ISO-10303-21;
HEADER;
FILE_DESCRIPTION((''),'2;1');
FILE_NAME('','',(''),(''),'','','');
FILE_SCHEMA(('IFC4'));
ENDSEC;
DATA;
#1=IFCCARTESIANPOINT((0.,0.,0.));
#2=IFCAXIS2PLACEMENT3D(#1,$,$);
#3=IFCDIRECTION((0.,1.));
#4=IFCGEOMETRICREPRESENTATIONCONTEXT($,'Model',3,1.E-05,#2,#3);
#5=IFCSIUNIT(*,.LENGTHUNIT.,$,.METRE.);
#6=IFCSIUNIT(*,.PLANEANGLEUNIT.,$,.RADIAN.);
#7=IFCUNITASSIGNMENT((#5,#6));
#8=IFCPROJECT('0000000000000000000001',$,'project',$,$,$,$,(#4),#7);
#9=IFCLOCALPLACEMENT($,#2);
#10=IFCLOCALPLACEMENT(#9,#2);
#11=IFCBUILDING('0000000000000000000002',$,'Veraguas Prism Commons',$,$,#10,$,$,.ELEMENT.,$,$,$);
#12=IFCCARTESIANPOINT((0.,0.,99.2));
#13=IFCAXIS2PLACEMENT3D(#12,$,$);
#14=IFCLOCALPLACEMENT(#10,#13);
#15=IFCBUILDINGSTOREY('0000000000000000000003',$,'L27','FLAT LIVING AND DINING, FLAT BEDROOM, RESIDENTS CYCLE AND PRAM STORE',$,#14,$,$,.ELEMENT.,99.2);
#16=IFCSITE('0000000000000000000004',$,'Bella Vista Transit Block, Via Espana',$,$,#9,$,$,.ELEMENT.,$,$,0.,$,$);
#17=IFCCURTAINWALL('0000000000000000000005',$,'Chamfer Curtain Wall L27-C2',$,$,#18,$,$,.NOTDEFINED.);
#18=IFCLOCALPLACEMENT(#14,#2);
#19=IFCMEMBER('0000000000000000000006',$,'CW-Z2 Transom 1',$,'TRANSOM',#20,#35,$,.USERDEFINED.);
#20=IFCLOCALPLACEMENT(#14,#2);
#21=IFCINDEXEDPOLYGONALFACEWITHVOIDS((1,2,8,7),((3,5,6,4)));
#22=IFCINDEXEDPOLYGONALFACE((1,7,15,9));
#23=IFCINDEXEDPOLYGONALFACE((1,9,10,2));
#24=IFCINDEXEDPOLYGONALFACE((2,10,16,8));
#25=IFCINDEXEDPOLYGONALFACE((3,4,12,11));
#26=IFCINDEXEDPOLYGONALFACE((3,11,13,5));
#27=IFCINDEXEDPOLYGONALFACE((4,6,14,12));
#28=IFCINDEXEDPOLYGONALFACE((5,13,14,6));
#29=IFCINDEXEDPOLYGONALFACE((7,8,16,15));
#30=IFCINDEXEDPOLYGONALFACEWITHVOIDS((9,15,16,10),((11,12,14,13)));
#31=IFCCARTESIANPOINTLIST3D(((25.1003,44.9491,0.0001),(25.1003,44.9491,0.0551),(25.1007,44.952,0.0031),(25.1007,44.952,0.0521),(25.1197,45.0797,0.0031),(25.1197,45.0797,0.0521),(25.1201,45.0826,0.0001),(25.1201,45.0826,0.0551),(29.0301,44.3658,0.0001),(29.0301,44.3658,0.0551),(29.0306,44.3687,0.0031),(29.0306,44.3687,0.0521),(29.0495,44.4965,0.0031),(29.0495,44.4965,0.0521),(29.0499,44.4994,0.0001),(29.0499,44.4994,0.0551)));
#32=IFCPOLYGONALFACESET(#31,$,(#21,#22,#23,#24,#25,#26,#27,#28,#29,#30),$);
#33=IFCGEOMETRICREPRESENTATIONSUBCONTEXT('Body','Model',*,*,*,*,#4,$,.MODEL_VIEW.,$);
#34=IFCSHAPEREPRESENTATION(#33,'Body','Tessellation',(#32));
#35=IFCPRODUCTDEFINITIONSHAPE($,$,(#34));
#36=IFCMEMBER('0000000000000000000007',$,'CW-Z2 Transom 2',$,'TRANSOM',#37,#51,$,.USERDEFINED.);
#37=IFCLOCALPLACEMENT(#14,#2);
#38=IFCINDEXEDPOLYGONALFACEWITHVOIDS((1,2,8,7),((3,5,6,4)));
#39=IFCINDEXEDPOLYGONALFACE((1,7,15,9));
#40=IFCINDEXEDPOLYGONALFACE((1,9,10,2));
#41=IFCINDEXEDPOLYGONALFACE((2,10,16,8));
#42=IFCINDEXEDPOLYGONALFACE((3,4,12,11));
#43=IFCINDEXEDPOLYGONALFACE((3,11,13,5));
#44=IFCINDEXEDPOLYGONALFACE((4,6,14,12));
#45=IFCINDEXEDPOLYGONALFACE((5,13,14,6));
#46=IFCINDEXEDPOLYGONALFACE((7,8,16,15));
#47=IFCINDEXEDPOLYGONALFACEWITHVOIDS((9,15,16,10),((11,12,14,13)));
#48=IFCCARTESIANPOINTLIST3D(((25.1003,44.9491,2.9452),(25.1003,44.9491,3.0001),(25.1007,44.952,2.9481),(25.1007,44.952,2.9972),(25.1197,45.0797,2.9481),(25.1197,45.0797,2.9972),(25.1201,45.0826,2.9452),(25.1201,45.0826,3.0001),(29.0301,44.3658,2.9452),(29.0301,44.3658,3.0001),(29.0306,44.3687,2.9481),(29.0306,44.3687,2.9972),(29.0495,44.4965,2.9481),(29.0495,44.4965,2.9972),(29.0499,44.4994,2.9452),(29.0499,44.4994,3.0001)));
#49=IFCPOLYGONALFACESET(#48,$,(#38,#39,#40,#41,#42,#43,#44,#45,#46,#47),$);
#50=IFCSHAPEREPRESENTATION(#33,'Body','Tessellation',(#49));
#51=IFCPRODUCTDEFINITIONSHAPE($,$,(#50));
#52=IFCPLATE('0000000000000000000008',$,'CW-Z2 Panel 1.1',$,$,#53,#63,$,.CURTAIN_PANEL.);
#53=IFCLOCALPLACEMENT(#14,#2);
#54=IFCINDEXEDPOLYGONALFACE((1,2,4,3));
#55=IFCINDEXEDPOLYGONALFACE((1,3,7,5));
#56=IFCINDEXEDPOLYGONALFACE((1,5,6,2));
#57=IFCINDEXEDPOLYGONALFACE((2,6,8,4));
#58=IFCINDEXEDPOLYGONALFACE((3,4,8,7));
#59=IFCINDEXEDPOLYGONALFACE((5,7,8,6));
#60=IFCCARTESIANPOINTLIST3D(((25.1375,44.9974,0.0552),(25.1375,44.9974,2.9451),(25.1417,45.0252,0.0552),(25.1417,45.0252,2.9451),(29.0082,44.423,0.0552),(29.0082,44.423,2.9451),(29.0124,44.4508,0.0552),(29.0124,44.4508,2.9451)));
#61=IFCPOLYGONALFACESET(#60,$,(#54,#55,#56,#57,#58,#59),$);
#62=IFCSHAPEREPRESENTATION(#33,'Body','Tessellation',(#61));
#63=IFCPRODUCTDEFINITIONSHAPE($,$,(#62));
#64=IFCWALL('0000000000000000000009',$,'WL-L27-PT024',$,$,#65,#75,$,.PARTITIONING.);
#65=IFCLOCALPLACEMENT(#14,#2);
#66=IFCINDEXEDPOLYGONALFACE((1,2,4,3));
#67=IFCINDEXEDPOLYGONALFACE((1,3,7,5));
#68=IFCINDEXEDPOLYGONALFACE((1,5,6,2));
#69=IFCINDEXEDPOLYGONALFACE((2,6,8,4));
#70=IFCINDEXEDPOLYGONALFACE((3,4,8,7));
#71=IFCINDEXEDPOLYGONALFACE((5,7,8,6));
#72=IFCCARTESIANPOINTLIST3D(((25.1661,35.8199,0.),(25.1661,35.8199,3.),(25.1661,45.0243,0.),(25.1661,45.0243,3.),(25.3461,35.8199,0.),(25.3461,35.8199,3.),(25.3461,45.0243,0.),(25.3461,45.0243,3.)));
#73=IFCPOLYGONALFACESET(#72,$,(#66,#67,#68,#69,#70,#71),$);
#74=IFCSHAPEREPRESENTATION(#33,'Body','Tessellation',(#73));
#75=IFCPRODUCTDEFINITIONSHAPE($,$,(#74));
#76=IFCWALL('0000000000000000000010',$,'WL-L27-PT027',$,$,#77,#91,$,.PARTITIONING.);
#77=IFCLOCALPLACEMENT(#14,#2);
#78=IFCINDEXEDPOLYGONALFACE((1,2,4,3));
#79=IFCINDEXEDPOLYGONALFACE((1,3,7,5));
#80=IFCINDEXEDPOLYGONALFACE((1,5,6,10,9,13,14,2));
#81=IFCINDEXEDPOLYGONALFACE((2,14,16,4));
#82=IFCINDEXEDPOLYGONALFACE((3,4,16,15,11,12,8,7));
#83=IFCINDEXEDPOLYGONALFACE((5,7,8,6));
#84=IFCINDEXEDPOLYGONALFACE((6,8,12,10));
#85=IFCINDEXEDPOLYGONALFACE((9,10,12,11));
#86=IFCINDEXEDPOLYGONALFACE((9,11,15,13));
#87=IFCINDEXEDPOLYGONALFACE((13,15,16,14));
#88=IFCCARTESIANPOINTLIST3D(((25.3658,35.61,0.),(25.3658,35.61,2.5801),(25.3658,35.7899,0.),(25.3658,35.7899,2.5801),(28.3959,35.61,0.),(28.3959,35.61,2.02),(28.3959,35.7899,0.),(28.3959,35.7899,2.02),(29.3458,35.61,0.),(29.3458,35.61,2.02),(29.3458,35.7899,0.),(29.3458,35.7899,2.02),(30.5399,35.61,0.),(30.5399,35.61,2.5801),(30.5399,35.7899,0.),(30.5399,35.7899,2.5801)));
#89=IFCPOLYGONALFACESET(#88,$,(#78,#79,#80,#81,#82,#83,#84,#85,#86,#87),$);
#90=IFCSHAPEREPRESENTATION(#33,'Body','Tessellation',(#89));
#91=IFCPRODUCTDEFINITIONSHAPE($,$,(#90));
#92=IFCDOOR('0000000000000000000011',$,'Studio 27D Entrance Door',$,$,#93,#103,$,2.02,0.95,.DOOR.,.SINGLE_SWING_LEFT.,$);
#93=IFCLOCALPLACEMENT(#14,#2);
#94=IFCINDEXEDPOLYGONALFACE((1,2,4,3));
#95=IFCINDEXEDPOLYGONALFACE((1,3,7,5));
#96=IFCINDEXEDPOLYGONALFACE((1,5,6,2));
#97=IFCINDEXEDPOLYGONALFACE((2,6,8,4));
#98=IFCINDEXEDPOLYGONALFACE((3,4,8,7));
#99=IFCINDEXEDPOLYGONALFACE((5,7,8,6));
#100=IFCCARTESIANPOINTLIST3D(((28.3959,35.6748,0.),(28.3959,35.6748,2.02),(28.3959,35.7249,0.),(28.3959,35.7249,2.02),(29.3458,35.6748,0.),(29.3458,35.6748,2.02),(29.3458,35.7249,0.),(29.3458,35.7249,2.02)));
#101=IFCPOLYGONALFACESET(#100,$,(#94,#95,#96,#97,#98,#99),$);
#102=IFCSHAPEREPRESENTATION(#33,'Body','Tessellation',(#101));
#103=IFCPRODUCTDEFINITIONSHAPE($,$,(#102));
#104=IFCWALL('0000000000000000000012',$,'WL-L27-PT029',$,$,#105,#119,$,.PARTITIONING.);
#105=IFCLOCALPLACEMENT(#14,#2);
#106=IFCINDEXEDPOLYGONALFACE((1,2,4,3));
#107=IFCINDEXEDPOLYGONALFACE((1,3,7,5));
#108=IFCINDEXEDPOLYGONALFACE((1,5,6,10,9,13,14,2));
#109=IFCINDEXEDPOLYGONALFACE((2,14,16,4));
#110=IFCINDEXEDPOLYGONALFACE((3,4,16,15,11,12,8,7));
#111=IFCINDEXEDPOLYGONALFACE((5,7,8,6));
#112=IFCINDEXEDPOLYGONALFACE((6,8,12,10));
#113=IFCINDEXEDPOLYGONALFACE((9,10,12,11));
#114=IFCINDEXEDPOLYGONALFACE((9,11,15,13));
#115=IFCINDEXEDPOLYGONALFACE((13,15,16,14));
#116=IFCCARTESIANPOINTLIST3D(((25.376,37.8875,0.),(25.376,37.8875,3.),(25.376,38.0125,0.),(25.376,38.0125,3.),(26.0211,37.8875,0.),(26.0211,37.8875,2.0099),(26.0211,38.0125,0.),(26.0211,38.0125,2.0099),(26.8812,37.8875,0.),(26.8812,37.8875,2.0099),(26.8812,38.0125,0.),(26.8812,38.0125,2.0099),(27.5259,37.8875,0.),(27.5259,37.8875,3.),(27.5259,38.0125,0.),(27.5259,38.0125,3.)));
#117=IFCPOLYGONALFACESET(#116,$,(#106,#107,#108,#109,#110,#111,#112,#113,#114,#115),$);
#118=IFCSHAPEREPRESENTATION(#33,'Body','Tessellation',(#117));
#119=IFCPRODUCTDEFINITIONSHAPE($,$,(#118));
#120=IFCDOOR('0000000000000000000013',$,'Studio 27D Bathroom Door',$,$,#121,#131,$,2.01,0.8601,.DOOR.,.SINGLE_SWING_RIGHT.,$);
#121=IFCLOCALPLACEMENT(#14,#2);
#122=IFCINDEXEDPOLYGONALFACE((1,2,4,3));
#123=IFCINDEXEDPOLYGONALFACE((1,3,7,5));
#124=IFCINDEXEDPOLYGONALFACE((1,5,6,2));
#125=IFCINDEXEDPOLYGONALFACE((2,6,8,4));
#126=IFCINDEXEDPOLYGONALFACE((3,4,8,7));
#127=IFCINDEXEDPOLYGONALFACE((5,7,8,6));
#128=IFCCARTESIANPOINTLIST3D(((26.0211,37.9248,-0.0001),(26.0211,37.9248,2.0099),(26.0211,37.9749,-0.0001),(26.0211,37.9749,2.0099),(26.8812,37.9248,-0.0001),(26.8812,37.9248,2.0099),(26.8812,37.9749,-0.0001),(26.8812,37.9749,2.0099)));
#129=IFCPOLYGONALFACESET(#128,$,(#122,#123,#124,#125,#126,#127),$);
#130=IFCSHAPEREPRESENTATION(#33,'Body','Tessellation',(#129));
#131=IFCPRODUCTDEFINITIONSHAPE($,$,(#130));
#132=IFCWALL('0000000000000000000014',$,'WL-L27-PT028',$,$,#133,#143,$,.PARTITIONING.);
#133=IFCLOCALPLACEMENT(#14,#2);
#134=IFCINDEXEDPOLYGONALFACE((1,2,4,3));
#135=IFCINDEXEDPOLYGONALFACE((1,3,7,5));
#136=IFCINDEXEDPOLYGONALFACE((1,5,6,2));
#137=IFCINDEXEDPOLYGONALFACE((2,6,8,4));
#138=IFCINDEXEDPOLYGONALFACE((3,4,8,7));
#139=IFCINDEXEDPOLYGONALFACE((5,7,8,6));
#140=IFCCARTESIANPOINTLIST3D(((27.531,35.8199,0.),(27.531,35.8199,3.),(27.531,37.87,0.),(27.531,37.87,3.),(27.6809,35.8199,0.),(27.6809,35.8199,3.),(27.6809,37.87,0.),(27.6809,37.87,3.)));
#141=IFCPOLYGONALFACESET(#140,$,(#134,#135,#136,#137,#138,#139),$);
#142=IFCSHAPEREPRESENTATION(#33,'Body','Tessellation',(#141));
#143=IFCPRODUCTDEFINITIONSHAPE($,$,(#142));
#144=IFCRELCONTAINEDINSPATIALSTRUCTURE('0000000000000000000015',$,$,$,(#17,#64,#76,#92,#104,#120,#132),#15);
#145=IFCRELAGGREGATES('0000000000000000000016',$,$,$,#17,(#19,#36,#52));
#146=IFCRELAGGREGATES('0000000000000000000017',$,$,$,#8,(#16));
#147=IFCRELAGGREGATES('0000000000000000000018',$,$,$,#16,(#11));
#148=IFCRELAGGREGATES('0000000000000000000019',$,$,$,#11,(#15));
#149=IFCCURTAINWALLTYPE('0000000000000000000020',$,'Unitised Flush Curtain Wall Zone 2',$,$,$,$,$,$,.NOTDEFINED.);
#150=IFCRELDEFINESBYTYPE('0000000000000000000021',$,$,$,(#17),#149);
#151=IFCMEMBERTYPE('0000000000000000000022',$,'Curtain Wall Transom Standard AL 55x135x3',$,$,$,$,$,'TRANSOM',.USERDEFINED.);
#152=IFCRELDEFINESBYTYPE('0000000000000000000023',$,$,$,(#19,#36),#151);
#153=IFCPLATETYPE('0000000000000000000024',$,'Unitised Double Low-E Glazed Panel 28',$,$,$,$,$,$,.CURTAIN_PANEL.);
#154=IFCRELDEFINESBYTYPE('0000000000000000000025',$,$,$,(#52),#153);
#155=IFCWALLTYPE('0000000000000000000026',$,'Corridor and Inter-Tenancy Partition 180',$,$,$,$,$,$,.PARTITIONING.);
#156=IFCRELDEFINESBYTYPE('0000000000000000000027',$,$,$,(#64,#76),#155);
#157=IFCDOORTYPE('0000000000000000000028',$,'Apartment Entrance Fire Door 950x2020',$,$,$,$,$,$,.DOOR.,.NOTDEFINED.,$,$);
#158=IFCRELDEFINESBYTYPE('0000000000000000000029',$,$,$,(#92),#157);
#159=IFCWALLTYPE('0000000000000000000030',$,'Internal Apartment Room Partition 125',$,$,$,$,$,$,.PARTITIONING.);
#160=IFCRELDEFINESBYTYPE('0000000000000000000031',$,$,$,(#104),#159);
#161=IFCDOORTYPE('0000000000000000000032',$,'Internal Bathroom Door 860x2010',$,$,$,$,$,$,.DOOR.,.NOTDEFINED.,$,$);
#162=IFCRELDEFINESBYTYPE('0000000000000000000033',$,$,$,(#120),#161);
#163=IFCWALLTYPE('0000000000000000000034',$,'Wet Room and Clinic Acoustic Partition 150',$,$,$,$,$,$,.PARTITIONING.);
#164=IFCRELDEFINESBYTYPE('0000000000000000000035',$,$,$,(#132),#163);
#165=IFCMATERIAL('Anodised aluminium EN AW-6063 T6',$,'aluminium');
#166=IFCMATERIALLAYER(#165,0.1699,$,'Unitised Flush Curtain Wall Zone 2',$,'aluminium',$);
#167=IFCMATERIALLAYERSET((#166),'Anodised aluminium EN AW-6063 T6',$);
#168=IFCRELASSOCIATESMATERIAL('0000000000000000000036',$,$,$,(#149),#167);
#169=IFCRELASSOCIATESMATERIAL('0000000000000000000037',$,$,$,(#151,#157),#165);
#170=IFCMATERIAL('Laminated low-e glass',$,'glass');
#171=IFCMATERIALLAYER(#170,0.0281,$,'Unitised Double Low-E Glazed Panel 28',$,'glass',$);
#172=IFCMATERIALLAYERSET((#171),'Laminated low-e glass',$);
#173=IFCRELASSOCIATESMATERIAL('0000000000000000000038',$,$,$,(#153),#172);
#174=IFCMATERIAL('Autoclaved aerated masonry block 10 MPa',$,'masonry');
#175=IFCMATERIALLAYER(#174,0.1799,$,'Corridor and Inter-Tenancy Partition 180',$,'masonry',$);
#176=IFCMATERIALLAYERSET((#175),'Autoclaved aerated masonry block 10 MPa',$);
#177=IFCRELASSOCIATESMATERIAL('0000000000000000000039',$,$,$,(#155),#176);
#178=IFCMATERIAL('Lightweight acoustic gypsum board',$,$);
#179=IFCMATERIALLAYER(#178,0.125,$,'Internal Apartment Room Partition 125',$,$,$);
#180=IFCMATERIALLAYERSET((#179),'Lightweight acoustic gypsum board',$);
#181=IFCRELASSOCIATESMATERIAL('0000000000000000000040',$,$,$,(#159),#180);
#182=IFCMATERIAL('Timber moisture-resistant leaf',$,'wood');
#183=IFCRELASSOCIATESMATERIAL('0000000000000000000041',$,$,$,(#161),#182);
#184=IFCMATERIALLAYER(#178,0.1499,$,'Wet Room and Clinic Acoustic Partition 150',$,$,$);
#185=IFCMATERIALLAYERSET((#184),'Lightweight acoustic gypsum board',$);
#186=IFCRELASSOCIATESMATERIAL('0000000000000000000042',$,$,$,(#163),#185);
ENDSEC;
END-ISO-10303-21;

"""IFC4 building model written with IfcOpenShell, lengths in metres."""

from ifc_helpers import new_model, si_unit, direction, frame, frame_2d, origin, origin_2d, place, context, subcontext, project, spatial, rectangle, hollow_rectangle, extrude, source, transform, mapped, material, layer, layer_set, material_profile, profile_set, type_object, element, fill, aggregate, save


model = new_model("IFC4")

# Units and contexts
model_context = context("Model", 3, precision=1e-05, world=origin(), true_north=direction((0.0, 1.0)))
body_context = subcontext(model_context, "Body", "Model", "MODEL_VIEW")
ifc_project = project(units=[si_unit("LENGTHUNIT", "METRE"), si_unit("PLANEANGLEUNIT", "RADIAN")], contexts=[model_context])

# Site, building, storey
site_placement = place(None, origin())
site = spatial("IfcSite", under=ifc_project, at=site_placement, Name="Bella Vista Transit Block, Via Espana", CompositionType="ELEMENT", RefElevation=0.0)
building_placement = place(site_placement, origin())
building = spatial("IfcBuilding", under=site, at=building_placement, Name="Veraguas Prism Commons", CompositionType="ELEMENT")
storey_placement = place(building_placement, frame((0.0, 0.0, 99.2)))
storey = spatial("IfcBuildingStorey", under=building, at=storey_placement, Name="L27", Description="FLAT LIVING AND DINING, FLAT BEDROOM, RESIDENTS CYCLE AND PRAM STORE", CompositionType="ELEMENT", Elevation=99.2)

# Shared definitions
ifc_material_1 = material(Name="Anodised aluminium EN AW-6063 T6", Category="aluminium")
ifc_layer_1 = layer(ifc_material_1, 0.1699, Name="Unitised Flush Curtain Wall Zone 2", Category="aluminium")
ifc_layer_set_1 = layer_set([ifc_layer_1], Name="Anodised aluminium EN AW-6063 T6")
curtain_wall_type = type_object("IfcCurtainWallType", Name="Unitised Flush Curtain Wall Zone 2", PredefinedType="NOTDEFINED", material=ifc_layer_set_1)

# Curtain wall
curtain_wall_1_placement = place(storey_placement, origin())
curtain_wall_1 = element("IfcCurtainWall", 1, at=curtain_wall_1_placement, inside=storey, type_object=curtain_wall_type, Name="Chamfer Curtain Wall L27-C2", PredefinedType="NOTDEFINED")

# Members
ifc_material_profile_1 = material_profile(ifc_material_1, hollow_rectangle(XDim=0.0549, YDim=0.135, WallThickness=0.0029, at=origin_2d()), Name="AL55X135X3")
ifc_profile_set_1 = profile_set([ifc_material_profile_1], Name="Anodised aluminium EN AW-6063 T6")
member_type_1 = type_object("IfcMemberType", Name="Curtain Wall Transom Standard AL 55x135x3", ElementType="TRANSOM", PredefinedType="USERDEFINED", material=ifc_profile_set_1)
shared_shape_1 = source(origin(), body_context, "Body", "SweptSolid", [
    extrude(hollow_rectangle(XDim=0.0549, YDim=0.135, WallThickness=0.0029, at=origin_2d()), origin(), (0.0, 0.0, 1.0), 3.9729),
])
member_1_placement = place(storey_placement, frame((29.04, 44.4326, 0.0276), z_axis=(-0.989165, 0.146805, 0.0), x_axis=(0.0, 0.0, 1.0)))
member_1 = element("IfcMember", 2, at=member_1_placement, type_object=member_type_1, Name="CW-Z2 Transom 1", ObjectType="TRANSOM", PredefinedType="USERDEFINED", context=body_context, shape_type="MappedRepresentation", body=[
    mapped(shared_shape_1, transform((0.0, 0.0, 0.0), scale=1.0)),
])
member_2_placement = place(storey_placement, frame((29.04, 44.4326, 2.9727), z_axis=(-0.989165, 0.146805, 0.0), x_axis=(0.0, 0.0, 1.0)))
member_2 = element("IfcMember", 3, at=member_2_placement, type_object=member_type_1, Name="CW-Z2 Transom 2", ObjectType="TRANSOM", PredefinedType="USERDEFINED", context=body_context, shape_type="MappedRepresentation", body=[
    mapped(shared_shape_1, transform((0.0, 0.0, 0.0), scale=1.0)),
])

# Plate
ifc_material_2 = material(Name="Laminated low-e glass", Category="glass")
ifc_layer_2 = layer(ifc_material_2, 0.0281, Name="Unitised Double Low-E Glazed Panel 28", Category="glass")
ifc_layer_set_2 = layer_set([ifc_layer_2], Name="Laminated low-e glass")
plate_type = type_object("IfcPlateType", Name="Unitised Double Low-E Glazed Panel 28", PredefinedType="CURTAIN_PANEL", material=ifc_layer_set_2)
shared_shape_2 = source(origin(), body_context, "Body", "SweptSolid", [
    extrude(rectangle(XDim=3.9131, YDim=0.0281, at=origin_2d()), origin(), (0.0, 0.0, 1.0), 2.8899),
])
plate_placement = place(storey_placement, frame((27.075, 44.7241, 0.0552), z_axis=(0.0, 0.0, 1.0), x_axis=(-0.989168, 0.146789, 0.0)))
plate = element("IfcPlate", 4, at=plate_placement, type_object=plate_type, Name="CW-Z2 Panel 1.1", PredefinedType="CURTAIN_PANEL", context=body_context, shape_type="MappedRepresentation", body=[
    mapped(shared_shape_2, transform((0.0, 0.0, 0.0), scale=1.0)),
])
aggregate(curtain_wall_1, [member_1, member_2, plate])

# Wall
ifc_material_3 = material(Name="Autoclaved aerated masonry block 10 MPa", Category="masonry")
ifc_layer_3 = layer(ifc_material_3, 0.1799, Name="Corridor and Inter-Tenancy Partition 180", Category="masonry")
ifc_layer_set_3 = layer_set([ifc_layer_3], Name="Autoclaved aerated masonry block 10 MPa")
wall_type_1 = type_object("IfcWallType", Name="Corridor and Inter-Tenancy Partition 180", PredefinedType="PARTITIONING", material=ifc_layer_set_3)
wall_1_placement = place(storey_placement, frame((25.2561, 35.8201, 0.0), z_axis=(0.0, 0.0, 1.0), x_axis=(0.0, 1.0, 0.0)))
element("IfcWall", 5, at=wall_1_placement, inside=storey, type_object=wall_type_1, Name="WL-L27-PT024", PredefinedType="PARTITIONING", context=body_context, shape_type="SweptSolid", body=[
    extrude(rectangle(XDim=9.2043, YDim=0.1799, at=frame_2d((4.6021, 0.0))), origin(), (0.0, 0.0, 1.0), 3.0),
])

# Walls, openings, doors
wall_2_placement = place(storey_placement, frame((25.366, 35.7, 0.0), z_axis=(0.0, 0.0, 1.0), x_axis=(1.0, 0.0, 0.0)))
wall_2 = element("IfcWall", 6, at=wall_2_placement, inside=storey, type_object=wall_type_1, Name="WL-L27-PT027", PredefinedType="PARTITIONING", context=body_context, shape_type="SweptSolid", body=[
    extrude(rectangle(XDim=5.1741, YDim=0.1799, at=frame_2d((2.5869, 0.0))), origin(), (0.0, 0.0, 1.0), 2.5801),
])
opening_1_placement = place(wall_2_placement, frame((3.0298, 0.0, 0.0)))
opening_1 = element("IfcOpeningElement", 7, at=opening_1_placement, cuts=wall_2, PredefinedType="OPENING", context=body_context, shape_type="SweptSolid", body=[
    extrude(rectangle(XDim=0.95, YDim=2.02, at=frame_2d((0.4751, 1.01))), frame((0.0, 0.0999, 0.0), z_axis=(0.0, -1.0, 0.0), x_axis=(1.0, 0.0, 0.0)), (0.0, 0.0, 1.0), 0.2),
])
door_type_1 = type_object("IfcDoorType", Name="Apartment Entrance Fire Door 950x2020", OperationType="NOTDEFINED", PredefinedType="DOOR", material=ifc_material_1)
shared_shape_3 = source(origin(), body_context, "Body", "SweptSolid", [
    extrude(rectangle(XDim=0.95, YDim=2.02, at=frame_2d((0.4751, 1.01))), frame((0.0, 0.0249, 0.0), z_axis=(0.0, -1.0, 0.0), x_axis=(1.0, 0.0, 0.0)), (0.0, 0.0, 1.0), 0.05),
])
door_1_placement = place(opening_1_placement, origin())
door_1 = element("IfcDoor", 8, at=door_1_placement, inside=storey, type_object=door_type_1, Name="Studio 27D Entrance Door", OperationType="SINGLE_SWING_LEFT", OverallHeight=2.02, OverallWidth=0.95, PredefinedType="DOOR", context=body_context, shape_type="MappedRepresentation", body=[
    mapped(shared_shape_3, transform((0.0, 0.0, 0.0), scale=1.0)),
])
fill(opening_1, door_1)
ifc_material_4 = material(Name="Lightweight acoustic gypsum board")
ifc_layer_4 = layer(ifc_material_4, 0.125, Name="Internal Apartment Room Partition 125")
ifc_layer_set_4 = layer_set([ifc_layer_4], Name="Lightweight acoustic gypsum board")
wall_type_2 = type_object("IfcWallType", Name="Internal Apartment Room Partition 125", PredefinedType="PARTITIONING", material=ifc_layer_set_4)
wall_3_placement = place(storey_placement, frame((25.376, 37.95, 0.0), z_axis=(0.0, 0.0, 1.0), x_axis=(1.0, 0.0, 0.0)))
wall_3 = element("IfcWall", 9, at=wall_3_placement, inside=storey, type_object=wall_type_2, Name="WL-L27-PT029", PredefinedType="PARTITIONING", context=body_context, shape_type="SweptSolid", body=[
    extrude(rectangle(XDim=2.1499, YDim=0.125, at=frame_2d((1.075, 0.0))), origin(), (0.0, 0.0, 1.0), 3.0),
])
opening_2_placement = place(wall_3_placement, frame((0.645, 0.0, 0.0)))
opening_2 = element("IfcOpeningElement", 10, at=opening_2_placement, cuts=wall_3, PredefinedType="OPENING", context=body_context, shape_type="SweptSolid", body=[
    extrude(rectangle(XDim=0.8601, YDim=2.01, at=frame_2d((0.4302, 1.0049))), frame((0.0, 0.0725, 0.0), z_axis=(0.0, -1.0, 0.0), x_axis=(1.0, 0.0, 0.0)), (0.0, 0.0, 1.0), 0.145),
])
ifc_material_5 = material(Name="Timber moisture-resistant leaf", Category="wood")
door_type_2 = type_object("IfcDoorType", Name="Internal Bathroom Door 860x2010", OperationType="NOTDEFINED", PredefinedType="DOOR", material=ifc_material_5)
shared_shape_4 = source(origin(), body_context, "Body", "SweptSolid", [
    extrude(rectangle(XDim=0.8601, YDim=2.01, at=frame_2d((0.4302, 1.0049))), frame((0.0, 0.0249, 0.0), z_axis=(0.0, -1.0, 0.0), x_axis=(1.0, 0.0, 0.0)), (0.0, 0.0, 1.0), 0.05),
])
door_2_placement = place(opening_2_placement, origin())
door_2 = element("IfcDoor", 11, at=door_2_placement, inside=storey, type_object=door_type_2, Name="Studio 27D Bathroom Door", OperationType="SINGLE_SWING_RIGHT", OverallHeight=2.01, OverallWidth=0.8601, PredefinedType="DOOR", context=body_context, shape_type="MappedRepresentation", body=[
    mapped(shared_shape_4, transform((0.0, 0.0, 0.0), scale=1.0)),
])
fill(opening_2, door_2)

# Wall
ifc_layer_5 = layer(ifc_material_4, 0.1499, Name="Wet Room and Clinic Acoustic Partition 150")
ifc_layer_set_5 = layer_set([ifc_layer_5], Name="Lightweight acoustic gypsum board")
wall_type_3 = type_object("IfcWallType", Name="Wet Room and Clinic Acoustic Partition 150", PredefinedType="PARTITIONING", material=ifc_layer_set_5)
wall_4_placement = place(storey_placement, frame((27.606, 35.8201, 0.0), z_axis=(0.0, 0.0, 1.0), x_axis=(0.0, 1.0, 0.0)))
element("IfcWall", 12, at=wall_4_placement, inside=storey, type_object=wall_type_3, Name="WL-L27-PT028", PredefinedType="PARTITIONING", context=body_context, shape_type="SweptSolid", body=[
    extrude(rectangle(XDim=2.05, YDim=0.1499, at=frame_2d((1.0249, 0.0))), origin(), (0.0, 0.0, 1.0), 3.0),
])

save(model, "model.ifc")
